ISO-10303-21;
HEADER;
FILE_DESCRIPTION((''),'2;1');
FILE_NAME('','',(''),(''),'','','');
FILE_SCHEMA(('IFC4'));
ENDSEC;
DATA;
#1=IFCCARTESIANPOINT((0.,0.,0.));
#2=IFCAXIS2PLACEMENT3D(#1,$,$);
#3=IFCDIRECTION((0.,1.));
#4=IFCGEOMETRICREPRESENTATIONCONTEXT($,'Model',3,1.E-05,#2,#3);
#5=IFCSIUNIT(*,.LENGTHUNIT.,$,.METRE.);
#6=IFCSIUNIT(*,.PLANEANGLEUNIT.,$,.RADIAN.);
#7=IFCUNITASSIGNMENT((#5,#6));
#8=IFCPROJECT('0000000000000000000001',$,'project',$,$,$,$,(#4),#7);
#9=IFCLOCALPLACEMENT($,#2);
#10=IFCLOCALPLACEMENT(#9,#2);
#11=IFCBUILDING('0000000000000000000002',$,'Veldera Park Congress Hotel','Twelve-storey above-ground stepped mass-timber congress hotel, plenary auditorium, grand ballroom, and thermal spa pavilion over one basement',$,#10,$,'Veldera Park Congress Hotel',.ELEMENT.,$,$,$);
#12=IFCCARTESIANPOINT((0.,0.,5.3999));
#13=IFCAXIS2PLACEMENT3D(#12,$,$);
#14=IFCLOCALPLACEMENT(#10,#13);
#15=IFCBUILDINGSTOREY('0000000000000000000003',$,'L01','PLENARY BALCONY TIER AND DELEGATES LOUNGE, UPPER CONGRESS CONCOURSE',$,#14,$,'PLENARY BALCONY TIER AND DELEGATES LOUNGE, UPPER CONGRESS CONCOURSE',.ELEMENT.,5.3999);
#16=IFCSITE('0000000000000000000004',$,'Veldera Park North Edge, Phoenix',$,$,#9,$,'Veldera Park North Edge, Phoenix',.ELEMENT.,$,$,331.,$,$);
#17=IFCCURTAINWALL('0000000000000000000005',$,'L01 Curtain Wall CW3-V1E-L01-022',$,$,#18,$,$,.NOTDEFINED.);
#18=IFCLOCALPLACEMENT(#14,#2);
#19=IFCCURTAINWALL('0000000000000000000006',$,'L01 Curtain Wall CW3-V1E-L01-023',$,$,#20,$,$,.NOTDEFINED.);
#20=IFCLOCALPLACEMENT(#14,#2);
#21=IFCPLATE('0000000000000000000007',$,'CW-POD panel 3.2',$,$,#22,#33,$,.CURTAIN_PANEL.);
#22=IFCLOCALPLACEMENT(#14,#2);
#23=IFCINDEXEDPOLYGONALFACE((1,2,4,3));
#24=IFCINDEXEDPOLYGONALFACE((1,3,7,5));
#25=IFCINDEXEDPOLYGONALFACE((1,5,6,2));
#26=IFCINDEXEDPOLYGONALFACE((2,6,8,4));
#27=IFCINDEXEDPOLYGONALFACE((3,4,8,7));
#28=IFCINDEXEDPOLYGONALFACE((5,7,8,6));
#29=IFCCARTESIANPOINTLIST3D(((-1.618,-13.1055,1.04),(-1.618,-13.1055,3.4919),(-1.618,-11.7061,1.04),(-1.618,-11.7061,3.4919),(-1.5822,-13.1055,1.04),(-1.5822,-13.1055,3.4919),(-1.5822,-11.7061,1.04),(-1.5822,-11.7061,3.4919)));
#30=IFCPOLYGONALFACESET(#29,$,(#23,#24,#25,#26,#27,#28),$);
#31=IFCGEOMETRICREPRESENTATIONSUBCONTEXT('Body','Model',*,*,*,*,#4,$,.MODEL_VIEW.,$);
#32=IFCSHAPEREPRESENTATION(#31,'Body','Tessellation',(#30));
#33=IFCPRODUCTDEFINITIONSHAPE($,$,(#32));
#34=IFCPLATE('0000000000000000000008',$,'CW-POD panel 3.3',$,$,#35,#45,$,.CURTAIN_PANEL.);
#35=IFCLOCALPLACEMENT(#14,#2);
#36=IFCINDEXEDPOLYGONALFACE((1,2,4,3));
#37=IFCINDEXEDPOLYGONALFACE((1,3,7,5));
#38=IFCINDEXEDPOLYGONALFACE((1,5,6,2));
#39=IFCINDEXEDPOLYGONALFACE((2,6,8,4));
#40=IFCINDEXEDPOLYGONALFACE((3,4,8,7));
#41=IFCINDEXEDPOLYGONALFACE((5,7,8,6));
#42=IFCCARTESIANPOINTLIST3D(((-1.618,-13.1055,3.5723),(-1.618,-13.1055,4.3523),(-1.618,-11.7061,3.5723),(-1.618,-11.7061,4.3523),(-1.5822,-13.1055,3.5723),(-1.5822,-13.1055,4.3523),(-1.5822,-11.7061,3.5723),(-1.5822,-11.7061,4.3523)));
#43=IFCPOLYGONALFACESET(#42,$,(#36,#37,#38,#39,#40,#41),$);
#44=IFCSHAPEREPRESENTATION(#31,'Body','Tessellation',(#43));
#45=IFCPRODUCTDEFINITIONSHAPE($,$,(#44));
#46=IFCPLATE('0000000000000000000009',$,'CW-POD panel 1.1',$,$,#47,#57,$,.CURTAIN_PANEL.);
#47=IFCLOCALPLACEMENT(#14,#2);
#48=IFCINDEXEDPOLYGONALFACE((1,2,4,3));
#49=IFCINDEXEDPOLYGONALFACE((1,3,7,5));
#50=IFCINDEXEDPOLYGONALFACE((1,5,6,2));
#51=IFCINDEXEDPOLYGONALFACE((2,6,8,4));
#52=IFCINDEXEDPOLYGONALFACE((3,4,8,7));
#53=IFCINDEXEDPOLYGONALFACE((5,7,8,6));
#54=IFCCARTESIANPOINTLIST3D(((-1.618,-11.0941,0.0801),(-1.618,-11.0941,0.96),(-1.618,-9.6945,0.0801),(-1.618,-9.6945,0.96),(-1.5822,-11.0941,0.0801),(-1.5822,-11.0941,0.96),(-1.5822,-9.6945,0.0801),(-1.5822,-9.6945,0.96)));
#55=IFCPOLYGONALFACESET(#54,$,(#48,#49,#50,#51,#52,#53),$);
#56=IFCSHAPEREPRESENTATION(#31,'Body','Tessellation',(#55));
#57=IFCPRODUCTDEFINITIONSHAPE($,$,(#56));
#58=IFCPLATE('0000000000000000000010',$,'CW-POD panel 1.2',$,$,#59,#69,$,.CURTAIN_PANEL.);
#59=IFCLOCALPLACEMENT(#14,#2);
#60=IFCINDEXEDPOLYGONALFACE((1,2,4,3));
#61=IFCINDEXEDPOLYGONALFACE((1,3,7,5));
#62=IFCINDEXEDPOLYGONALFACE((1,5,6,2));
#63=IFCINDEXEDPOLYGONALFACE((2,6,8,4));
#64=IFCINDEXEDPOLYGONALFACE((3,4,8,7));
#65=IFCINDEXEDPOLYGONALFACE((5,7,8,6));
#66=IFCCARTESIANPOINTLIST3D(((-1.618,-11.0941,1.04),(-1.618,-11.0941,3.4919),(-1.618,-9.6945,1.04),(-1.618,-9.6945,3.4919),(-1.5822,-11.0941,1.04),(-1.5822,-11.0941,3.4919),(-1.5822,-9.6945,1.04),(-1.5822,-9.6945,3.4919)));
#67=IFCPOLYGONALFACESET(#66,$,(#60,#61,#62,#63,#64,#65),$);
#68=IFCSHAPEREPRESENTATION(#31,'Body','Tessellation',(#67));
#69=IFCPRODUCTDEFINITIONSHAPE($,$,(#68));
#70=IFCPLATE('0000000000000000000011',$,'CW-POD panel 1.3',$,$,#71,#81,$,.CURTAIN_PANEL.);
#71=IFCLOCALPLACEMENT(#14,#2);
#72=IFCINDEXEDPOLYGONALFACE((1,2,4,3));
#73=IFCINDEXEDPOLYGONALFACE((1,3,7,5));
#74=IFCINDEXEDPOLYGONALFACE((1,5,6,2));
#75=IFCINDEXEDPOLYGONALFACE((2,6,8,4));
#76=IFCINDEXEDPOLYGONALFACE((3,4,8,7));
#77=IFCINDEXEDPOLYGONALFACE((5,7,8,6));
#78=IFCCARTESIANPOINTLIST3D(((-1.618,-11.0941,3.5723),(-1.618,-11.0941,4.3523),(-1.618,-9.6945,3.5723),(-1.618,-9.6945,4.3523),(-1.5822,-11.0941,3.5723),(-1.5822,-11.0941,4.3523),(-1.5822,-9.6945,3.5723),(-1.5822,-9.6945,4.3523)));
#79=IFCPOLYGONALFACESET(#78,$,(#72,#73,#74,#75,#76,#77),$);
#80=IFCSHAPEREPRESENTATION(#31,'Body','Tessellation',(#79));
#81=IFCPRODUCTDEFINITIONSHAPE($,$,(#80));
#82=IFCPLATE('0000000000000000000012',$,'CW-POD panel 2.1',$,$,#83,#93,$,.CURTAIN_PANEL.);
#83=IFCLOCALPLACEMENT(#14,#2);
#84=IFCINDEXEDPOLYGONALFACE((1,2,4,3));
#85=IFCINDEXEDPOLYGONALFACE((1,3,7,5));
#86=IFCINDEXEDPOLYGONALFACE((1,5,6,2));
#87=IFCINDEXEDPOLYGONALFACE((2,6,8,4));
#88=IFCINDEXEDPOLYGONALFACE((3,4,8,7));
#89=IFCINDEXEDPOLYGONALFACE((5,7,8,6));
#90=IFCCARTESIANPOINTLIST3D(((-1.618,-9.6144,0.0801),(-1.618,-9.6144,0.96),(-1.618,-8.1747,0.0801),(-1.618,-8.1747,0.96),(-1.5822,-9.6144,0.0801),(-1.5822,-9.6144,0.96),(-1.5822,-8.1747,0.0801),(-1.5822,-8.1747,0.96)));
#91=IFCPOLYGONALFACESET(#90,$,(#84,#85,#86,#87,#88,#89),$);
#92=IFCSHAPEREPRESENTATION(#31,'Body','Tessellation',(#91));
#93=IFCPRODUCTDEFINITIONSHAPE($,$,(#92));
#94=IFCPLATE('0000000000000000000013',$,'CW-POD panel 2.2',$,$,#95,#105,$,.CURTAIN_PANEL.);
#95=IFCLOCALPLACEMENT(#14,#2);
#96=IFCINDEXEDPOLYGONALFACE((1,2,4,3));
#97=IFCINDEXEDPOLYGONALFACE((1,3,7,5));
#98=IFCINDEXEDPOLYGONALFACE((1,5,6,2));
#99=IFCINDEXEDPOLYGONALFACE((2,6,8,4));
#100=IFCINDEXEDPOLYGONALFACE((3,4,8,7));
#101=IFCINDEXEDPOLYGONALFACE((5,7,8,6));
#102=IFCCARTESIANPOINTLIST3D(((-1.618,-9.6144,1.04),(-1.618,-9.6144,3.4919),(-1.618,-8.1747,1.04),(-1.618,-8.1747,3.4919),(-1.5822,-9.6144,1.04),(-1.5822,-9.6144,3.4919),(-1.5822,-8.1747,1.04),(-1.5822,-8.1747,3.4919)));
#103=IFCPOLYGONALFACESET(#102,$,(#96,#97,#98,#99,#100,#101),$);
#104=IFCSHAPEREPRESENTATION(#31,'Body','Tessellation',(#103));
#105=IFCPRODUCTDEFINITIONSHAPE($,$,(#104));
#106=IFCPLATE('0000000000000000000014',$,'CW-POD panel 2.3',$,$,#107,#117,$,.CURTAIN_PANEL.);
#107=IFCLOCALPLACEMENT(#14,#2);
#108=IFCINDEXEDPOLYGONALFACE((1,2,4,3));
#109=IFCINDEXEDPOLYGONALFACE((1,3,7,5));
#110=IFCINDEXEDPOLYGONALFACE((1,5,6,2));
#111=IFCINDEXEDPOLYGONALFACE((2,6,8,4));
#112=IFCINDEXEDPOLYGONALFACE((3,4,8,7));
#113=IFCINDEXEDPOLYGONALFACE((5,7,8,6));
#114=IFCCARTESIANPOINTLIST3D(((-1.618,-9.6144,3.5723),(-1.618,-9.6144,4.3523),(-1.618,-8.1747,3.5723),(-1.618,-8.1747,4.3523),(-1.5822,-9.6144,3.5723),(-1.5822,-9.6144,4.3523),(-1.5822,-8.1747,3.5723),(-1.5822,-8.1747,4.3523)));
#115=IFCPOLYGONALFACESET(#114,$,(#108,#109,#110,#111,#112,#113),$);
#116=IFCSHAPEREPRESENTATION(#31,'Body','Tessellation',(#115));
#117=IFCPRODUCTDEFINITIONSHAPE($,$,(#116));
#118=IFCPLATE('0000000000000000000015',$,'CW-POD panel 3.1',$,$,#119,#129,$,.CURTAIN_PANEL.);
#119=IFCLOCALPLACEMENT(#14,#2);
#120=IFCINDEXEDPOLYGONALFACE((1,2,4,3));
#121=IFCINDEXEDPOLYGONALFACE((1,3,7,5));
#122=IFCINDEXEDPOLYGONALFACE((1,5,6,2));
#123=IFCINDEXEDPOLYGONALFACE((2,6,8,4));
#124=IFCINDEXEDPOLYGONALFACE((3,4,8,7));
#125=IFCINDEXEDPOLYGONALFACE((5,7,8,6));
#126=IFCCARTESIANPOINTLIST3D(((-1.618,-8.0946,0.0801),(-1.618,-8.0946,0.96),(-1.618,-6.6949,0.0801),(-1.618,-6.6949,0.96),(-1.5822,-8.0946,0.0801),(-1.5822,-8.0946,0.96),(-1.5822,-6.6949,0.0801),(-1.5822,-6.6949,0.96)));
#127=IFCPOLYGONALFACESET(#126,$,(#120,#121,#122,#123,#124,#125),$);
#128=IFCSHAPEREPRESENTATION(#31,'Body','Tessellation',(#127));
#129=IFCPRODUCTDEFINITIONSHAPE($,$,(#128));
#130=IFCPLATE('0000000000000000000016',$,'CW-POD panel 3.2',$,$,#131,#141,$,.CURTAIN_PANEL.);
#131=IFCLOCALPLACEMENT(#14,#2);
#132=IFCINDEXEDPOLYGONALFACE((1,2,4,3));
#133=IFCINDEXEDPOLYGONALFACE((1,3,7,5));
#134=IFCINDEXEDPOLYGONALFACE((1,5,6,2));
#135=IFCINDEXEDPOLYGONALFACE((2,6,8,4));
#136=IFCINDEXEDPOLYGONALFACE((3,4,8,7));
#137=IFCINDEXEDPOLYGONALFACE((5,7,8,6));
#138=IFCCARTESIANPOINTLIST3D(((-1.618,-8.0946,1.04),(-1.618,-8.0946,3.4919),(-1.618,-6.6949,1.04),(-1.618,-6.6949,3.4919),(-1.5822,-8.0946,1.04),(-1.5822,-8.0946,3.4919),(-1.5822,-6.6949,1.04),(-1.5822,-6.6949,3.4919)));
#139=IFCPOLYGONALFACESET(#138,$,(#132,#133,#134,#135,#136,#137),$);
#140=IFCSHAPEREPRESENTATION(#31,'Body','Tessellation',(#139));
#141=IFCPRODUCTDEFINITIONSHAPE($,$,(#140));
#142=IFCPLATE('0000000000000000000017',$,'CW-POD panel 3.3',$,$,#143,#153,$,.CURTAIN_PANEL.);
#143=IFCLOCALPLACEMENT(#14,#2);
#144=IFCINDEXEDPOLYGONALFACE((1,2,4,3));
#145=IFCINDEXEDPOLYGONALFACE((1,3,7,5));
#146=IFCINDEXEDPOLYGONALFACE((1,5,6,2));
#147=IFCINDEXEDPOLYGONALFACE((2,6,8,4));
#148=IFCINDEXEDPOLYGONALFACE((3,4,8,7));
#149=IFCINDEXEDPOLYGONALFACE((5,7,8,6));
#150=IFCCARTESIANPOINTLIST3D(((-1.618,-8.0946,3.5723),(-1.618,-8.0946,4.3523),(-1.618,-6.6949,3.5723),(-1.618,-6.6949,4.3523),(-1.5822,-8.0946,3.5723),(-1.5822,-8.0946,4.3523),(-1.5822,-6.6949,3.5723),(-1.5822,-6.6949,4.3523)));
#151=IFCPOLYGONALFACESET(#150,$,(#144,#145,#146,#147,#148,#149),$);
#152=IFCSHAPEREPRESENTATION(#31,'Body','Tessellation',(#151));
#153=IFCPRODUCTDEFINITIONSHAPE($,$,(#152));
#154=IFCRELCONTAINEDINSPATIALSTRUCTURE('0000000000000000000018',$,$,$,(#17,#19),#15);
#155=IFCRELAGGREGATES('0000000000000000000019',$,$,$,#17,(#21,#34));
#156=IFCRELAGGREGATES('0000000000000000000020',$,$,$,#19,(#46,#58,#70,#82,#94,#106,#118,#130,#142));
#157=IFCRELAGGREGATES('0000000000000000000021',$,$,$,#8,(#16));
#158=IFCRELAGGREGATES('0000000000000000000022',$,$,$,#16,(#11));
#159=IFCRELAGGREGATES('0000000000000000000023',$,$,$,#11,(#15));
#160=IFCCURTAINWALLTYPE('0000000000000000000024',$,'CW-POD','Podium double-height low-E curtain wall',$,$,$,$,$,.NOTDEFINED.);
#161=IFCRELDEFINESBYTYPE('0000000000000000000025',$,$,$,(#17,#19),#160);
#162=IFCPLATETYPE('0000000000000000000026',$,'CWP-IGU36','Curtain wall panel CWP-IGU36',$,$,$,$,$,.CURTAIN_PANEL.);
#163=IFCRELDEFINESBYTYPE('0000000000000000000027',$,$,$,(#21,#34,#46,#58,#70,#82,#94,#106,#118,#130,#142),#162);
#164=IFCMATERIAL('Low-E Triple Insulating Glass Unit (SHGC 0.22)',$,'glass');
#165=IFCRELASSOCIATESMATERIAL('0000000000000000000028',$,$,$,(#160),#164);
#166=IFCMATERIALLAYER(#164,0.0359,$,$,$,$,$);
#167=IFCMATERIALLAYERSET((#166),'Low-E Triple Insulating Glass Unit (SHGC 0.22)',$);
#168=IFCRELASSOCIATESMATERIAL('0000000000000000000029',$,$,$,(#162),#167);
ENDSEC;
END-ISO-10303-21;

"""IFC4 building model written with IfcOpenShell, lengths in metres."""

from ifc_helpers import new_model, si_unit, direction, frame, origin, origin_2d, place, context, subcontext, project, spatial, rectangle, extrude, material, layer, layer_set, type_object, element, aggregate, save


model = new_model("IFC4")

# Units and contexts
model_context = context("Model", 3, precision=1e-05, world=origin(), true_north=direction((0.0, 1.0)))
body_context = subcontext(model_context, "Body", "Model", "MODEL_VIEW")
ifc_project = project(units=[si_unit("LENGTHUNIT", "METRE"), si_unit("PLANEANGLEUNIT", "RADIAN")], contexts=[model_context])

# Site, building, storey
site_placement = place(None, origin())
site = spatial("IfcSite", under=ifc_project, at=site_placement, Name="Veldera Park North Edge, Phoenix", LongName="Veldera Park North Edge, Phoenix", CompositionType="ELEMENT", RefElevation=331.0)
building_placement = place(site_placement, origin())
building = spatial("IfcBuilding", under=site, at=building_placement, Name="Veldera Park Congress Hotel", Description="Twelve-storey above-ground stepped mass-timber congress hotel, plenary auditorium, grand ballroom, and thermal spa pavilion over one basement", LongName="Veldera Park Congress Hotel", CompositionType="ELEMENT")
storey_placement = place(building_placement, frame((0.0, 0.0, 5.3999)))
storey = spatial("IfcBuildingStorey", under=building, at=storey_placement, Name="L01", Description="PLENARY BALCONY TIER AND DELEGATES LOUNGE, UPPER CONGRESS CONCOURSE", LongName="PLENARY BALCONY TIER AND DELEGATES LOUNGE, UPPER CONGRESS CONCOURSE", CompositionType="ELEMENT", Elevation=5.3999)

# Shared definitions
ifc_material_1 = material(Name="Low-E Triple Insulating Glass Unit (SHGC 0.22)", Category="glass")

# Curtain walls
curtain_wall_type_1 = type_object("IfcCurtainWallType", Name="CW-POD", Description="Podium double-height low-E curtain wall", PredefinedType="NOTDEFINED", material=ifc_material_1)
curtain_wall_1_placement = place(storey_placement, origin())
curtain_wall_1 = element("IfcCurtainWall", 1, at=curtain_wall_1_placement, inside=storey, type_object=curtain_wall_type_1, Name="L01 Curtain Wall CW3-V1E-L01-022", PredefinedType="NOTDEFINED")
curtain_wall_2_placement = place(storey_placement, origin())
curtain_wall_2 = element("IfcCurtainWall", 2, at=curtain_wall_2_placement, inside=storey, type_object=curtain_wall_type_1, Name="L01 Curtain Wall CW3-V1E-L01-023", PredefinedType="NOTDEFINED")

# Plates
ifc_layer = layer(ifc_material_1, 0.0359)
ifc_layer_set = layer_set([ifc_layer], Name="Low-E Triple Insulating Glass Unit (SHGC 0.22)")
plate_type = type_object("IfcPlateType", Name="CWP-IGU36", Description="Curtain wall panel CWP-IGU36", PredefinedType="CURTAIN_PANEL", material=ifc_layer_set)
plate_1_placement = place(storey_placement, frame((-1.6001, -12.4058, 1.04), z_axis=(0.0, 0.0, 1.0), x_axis=(0.0, 1.0, 0.0)))
plate_1 = element("IfcPlate", 3, at=plate_1_placement, type_object=plate_type, Name="CW-POD panel 3.2", PredefinedType="CURTAIN_PANEL", context=body_context, shape_type="SweptSolid", body=[
    extrude(rectangle(XDim=1.3994, YDim=0.0359, at=origin_2d()), origin(), (0.0, 0.0, 1.0), 2.4519),
])
plate_2_placement = place(storey_placement, frame((-1.6001, -12.4058, 3.5723), z_axis=(0.0, 0.0, 1.0), x_axis=(0.0, 1.0, 0.0)))
plate_2 = element("IfcPlate", 4, at=plate_2_placement, type_object=plate_type, Name="CW-POD panel 3.3", PredefinedType="CURTAIN_PANEL", context=body_context, shape_type="SweptSolid", body=[
    extrude(rectangle(XDim=1.3994, YDim=0.0359, at=origin_2d()), origin(), (0.0, 0.0, 1.0), 0.78),
])
aggregate(curtain_wall_1, [plate_1, plate_2])
plate_3_placement = place(storey_placement, frame((-1.6001, -10.3943, 0.0801), z_axis=(0.0, 0.0, 1.0), x_axis=(0.0, 1.0, 0.0)))
plate_3 = element("IfcPlate", 5, at=plate_3_placement, type_object=plate_type, Name="CW-POD panel 1.1", PredefinedType="CURTAIN_PANEL", context=body_context, shape_type="SweptSolid", body=[
    extrude(rectangle(XDim=1.3997, YDim=0.0359, at=origin_2d()), origin(), (0.0, 0.0, 1.0), 0.8799),
])
plate_4_placement = place(storey_placement, frame((-1.6001, -10.3943, 1.04), z_axis=(0.0, 0.0, 1.0), x_axis=(0.0, 1.0, 0.0)))
plate_4 = element("IfcPlate", 6, at=plate_4_placement, type_object=plate_type, Name="CW-POD panel 1.2", PredefinedType="CURTAIN_PANEL", context=body_context, shape_type="SweptSolid", body=[
    extrude(rectangle(XDim=1.3997, YDim=0.0359, at=origin_2d()), origin(), (0.0, 0.0, 1.0), 2.4519),
])
plate_5_placement = place(storey_placement, frame((-1.6001, -10.3943, 3.5723), z_axis=(0.0, 0.0, 1.0), x_axis=(0.0, 1.0, 0.0)))
plate_5 = element("IfcPlate", 7, at=plate_5_placement, type_object=plate_type, Name="CW-POD panel 1.3", PredefinedType="CURTAIN_PANEL", context=body_context, shape_type="SweptSolid", body=[
    extrude(rectangle(XDim=1.3997, YDim=0.0359, at=origin_2d()), origin(), (0.0, 0.0, 1.0), 0.78),
])
plate_6_placement = place(storey_placement, frame((-1.6001, -8.8945, 0.0801), z_axis=(0.0, 0.0, 1.0), x_axis=(0.0, 1.0, 0.0)))
plate_6 = element("IfcPlate", 8, at=plate_6_placement, type_object=plate_type, Name="CW-POD panel 2.1", PredefinedType="CURTAIN_PANEL", context=body_context, shape_type="SweptSolid", body=[
    extrude(rectangle(XDim=1.4397, YDim=0.0359, at=origin_2d()), origin(), (0.0, 0.0, 1.0), 0.8799),
])
plate_7_placement = place(storey_placement, frame((-1.6001, -8.8945, 1.04), z_axis=(0.0, 0.0, 1.0), x_axis=(0.0, 1.0, 0.0)))
plate_7 = element("IfcPlate", 9, at=plate_7_placement, type_object=plate_type, Name="CW-POD panel 2.2", PredefinedType="CURTAIN_PANEL", context=body_context, shape_type="SweptSolid", body=[
    extrude(rectangle(XDim=1.4397, YDim=0.0359, at=origin_2d()), origin(), (0.0, 0.0, 1.0), 2.4519),
])
plate_8_placement = place(storey_placement, frame((-1.6001, -8.8945, 3.5723), z_axis=(0.0, 0.0, 1.0), x_axis=(0.0, 1.0, 0.0)))
plate_8 = element("IfcPlate", 10, at=plate_8_placement, type_object=plate_type, Name="CW-POD panel 2.3", PredefinedType="CURTAIN_PANEL", context=body_context, shape_type="SweptSolid", body=[
    extrude(rectangle(XDim=1.4397, YDim=0.0359, at=origin_2d()), origin(), (0.0, 0.0, 1.0), 0.78),
])
plate_9_placement = place(storey_placement, frame((-1.6001, -7.3948, 0.0801), z_axis=(0.0, 0.0, 1.0), x_axis=(0.0, 1.0, 0.0)))
plate_9 = element("IfcPlate", 11, at=plate_9_placement, type_object=plate_type, Name="CW-POD panel 3.1", PredefinedType="CURTAIN_PANEL", context=body_context, shape_type="SweptSolid", body=[
    extrude(rectangle(XDim=1.3997, YDim=0.0359, at=origin_2d()), origin(), (0.0, 0.0, 1.0), 0.8799),
])
plate_10_placement = place(storey_placement, frame((-1.6001, -7.3948, 1.04), z_axis=(0.0, 0.0, 1.0), x_axis=(0.0, 1.0, 0.0)))
plate_10 = element("IfcPlate", 12, at=plate_10_placement, type_object=plate_type, Name="CW-POD panel 3.2", PredefinedType="CURTAIN_PANEL", context=body_context, shape_type="SweptSolid", body=[
    extrude(rectangle(XDim=1.3997, YDim=0.0359, at=origin_2d()), origin(), (0.0, 0.0, 1.0), 2.4519),
])
plate_11_placement = place(storey_placement, frame((-1.6001, -7.3948, 3.5723), z_axis=(0.0, 0.0, 1.0), x_axis=(0.0, 1.0, 0.0)))
plate_11 = element("IfcPlate", 13, at=plate_11_placement, type_object=plate_type, Name="CW-POD panel 3.3", PredefinedType="CURTAIN_PANEL", context=body_context, shape_type="SweptSolid", body=[
    extrude(rectangle(XDim=1.3997, YDim=0.0359, at=origin_2d()), origin(), (0.0, 0.0, 1.0), 0.78),
])
aggregate(curtain_wall_2, [plate_3, plate_4, plate_5, plate_6, plate_7, plate_8, plate_9, plate_10, plate_11])

save(model, "model.ifc")
